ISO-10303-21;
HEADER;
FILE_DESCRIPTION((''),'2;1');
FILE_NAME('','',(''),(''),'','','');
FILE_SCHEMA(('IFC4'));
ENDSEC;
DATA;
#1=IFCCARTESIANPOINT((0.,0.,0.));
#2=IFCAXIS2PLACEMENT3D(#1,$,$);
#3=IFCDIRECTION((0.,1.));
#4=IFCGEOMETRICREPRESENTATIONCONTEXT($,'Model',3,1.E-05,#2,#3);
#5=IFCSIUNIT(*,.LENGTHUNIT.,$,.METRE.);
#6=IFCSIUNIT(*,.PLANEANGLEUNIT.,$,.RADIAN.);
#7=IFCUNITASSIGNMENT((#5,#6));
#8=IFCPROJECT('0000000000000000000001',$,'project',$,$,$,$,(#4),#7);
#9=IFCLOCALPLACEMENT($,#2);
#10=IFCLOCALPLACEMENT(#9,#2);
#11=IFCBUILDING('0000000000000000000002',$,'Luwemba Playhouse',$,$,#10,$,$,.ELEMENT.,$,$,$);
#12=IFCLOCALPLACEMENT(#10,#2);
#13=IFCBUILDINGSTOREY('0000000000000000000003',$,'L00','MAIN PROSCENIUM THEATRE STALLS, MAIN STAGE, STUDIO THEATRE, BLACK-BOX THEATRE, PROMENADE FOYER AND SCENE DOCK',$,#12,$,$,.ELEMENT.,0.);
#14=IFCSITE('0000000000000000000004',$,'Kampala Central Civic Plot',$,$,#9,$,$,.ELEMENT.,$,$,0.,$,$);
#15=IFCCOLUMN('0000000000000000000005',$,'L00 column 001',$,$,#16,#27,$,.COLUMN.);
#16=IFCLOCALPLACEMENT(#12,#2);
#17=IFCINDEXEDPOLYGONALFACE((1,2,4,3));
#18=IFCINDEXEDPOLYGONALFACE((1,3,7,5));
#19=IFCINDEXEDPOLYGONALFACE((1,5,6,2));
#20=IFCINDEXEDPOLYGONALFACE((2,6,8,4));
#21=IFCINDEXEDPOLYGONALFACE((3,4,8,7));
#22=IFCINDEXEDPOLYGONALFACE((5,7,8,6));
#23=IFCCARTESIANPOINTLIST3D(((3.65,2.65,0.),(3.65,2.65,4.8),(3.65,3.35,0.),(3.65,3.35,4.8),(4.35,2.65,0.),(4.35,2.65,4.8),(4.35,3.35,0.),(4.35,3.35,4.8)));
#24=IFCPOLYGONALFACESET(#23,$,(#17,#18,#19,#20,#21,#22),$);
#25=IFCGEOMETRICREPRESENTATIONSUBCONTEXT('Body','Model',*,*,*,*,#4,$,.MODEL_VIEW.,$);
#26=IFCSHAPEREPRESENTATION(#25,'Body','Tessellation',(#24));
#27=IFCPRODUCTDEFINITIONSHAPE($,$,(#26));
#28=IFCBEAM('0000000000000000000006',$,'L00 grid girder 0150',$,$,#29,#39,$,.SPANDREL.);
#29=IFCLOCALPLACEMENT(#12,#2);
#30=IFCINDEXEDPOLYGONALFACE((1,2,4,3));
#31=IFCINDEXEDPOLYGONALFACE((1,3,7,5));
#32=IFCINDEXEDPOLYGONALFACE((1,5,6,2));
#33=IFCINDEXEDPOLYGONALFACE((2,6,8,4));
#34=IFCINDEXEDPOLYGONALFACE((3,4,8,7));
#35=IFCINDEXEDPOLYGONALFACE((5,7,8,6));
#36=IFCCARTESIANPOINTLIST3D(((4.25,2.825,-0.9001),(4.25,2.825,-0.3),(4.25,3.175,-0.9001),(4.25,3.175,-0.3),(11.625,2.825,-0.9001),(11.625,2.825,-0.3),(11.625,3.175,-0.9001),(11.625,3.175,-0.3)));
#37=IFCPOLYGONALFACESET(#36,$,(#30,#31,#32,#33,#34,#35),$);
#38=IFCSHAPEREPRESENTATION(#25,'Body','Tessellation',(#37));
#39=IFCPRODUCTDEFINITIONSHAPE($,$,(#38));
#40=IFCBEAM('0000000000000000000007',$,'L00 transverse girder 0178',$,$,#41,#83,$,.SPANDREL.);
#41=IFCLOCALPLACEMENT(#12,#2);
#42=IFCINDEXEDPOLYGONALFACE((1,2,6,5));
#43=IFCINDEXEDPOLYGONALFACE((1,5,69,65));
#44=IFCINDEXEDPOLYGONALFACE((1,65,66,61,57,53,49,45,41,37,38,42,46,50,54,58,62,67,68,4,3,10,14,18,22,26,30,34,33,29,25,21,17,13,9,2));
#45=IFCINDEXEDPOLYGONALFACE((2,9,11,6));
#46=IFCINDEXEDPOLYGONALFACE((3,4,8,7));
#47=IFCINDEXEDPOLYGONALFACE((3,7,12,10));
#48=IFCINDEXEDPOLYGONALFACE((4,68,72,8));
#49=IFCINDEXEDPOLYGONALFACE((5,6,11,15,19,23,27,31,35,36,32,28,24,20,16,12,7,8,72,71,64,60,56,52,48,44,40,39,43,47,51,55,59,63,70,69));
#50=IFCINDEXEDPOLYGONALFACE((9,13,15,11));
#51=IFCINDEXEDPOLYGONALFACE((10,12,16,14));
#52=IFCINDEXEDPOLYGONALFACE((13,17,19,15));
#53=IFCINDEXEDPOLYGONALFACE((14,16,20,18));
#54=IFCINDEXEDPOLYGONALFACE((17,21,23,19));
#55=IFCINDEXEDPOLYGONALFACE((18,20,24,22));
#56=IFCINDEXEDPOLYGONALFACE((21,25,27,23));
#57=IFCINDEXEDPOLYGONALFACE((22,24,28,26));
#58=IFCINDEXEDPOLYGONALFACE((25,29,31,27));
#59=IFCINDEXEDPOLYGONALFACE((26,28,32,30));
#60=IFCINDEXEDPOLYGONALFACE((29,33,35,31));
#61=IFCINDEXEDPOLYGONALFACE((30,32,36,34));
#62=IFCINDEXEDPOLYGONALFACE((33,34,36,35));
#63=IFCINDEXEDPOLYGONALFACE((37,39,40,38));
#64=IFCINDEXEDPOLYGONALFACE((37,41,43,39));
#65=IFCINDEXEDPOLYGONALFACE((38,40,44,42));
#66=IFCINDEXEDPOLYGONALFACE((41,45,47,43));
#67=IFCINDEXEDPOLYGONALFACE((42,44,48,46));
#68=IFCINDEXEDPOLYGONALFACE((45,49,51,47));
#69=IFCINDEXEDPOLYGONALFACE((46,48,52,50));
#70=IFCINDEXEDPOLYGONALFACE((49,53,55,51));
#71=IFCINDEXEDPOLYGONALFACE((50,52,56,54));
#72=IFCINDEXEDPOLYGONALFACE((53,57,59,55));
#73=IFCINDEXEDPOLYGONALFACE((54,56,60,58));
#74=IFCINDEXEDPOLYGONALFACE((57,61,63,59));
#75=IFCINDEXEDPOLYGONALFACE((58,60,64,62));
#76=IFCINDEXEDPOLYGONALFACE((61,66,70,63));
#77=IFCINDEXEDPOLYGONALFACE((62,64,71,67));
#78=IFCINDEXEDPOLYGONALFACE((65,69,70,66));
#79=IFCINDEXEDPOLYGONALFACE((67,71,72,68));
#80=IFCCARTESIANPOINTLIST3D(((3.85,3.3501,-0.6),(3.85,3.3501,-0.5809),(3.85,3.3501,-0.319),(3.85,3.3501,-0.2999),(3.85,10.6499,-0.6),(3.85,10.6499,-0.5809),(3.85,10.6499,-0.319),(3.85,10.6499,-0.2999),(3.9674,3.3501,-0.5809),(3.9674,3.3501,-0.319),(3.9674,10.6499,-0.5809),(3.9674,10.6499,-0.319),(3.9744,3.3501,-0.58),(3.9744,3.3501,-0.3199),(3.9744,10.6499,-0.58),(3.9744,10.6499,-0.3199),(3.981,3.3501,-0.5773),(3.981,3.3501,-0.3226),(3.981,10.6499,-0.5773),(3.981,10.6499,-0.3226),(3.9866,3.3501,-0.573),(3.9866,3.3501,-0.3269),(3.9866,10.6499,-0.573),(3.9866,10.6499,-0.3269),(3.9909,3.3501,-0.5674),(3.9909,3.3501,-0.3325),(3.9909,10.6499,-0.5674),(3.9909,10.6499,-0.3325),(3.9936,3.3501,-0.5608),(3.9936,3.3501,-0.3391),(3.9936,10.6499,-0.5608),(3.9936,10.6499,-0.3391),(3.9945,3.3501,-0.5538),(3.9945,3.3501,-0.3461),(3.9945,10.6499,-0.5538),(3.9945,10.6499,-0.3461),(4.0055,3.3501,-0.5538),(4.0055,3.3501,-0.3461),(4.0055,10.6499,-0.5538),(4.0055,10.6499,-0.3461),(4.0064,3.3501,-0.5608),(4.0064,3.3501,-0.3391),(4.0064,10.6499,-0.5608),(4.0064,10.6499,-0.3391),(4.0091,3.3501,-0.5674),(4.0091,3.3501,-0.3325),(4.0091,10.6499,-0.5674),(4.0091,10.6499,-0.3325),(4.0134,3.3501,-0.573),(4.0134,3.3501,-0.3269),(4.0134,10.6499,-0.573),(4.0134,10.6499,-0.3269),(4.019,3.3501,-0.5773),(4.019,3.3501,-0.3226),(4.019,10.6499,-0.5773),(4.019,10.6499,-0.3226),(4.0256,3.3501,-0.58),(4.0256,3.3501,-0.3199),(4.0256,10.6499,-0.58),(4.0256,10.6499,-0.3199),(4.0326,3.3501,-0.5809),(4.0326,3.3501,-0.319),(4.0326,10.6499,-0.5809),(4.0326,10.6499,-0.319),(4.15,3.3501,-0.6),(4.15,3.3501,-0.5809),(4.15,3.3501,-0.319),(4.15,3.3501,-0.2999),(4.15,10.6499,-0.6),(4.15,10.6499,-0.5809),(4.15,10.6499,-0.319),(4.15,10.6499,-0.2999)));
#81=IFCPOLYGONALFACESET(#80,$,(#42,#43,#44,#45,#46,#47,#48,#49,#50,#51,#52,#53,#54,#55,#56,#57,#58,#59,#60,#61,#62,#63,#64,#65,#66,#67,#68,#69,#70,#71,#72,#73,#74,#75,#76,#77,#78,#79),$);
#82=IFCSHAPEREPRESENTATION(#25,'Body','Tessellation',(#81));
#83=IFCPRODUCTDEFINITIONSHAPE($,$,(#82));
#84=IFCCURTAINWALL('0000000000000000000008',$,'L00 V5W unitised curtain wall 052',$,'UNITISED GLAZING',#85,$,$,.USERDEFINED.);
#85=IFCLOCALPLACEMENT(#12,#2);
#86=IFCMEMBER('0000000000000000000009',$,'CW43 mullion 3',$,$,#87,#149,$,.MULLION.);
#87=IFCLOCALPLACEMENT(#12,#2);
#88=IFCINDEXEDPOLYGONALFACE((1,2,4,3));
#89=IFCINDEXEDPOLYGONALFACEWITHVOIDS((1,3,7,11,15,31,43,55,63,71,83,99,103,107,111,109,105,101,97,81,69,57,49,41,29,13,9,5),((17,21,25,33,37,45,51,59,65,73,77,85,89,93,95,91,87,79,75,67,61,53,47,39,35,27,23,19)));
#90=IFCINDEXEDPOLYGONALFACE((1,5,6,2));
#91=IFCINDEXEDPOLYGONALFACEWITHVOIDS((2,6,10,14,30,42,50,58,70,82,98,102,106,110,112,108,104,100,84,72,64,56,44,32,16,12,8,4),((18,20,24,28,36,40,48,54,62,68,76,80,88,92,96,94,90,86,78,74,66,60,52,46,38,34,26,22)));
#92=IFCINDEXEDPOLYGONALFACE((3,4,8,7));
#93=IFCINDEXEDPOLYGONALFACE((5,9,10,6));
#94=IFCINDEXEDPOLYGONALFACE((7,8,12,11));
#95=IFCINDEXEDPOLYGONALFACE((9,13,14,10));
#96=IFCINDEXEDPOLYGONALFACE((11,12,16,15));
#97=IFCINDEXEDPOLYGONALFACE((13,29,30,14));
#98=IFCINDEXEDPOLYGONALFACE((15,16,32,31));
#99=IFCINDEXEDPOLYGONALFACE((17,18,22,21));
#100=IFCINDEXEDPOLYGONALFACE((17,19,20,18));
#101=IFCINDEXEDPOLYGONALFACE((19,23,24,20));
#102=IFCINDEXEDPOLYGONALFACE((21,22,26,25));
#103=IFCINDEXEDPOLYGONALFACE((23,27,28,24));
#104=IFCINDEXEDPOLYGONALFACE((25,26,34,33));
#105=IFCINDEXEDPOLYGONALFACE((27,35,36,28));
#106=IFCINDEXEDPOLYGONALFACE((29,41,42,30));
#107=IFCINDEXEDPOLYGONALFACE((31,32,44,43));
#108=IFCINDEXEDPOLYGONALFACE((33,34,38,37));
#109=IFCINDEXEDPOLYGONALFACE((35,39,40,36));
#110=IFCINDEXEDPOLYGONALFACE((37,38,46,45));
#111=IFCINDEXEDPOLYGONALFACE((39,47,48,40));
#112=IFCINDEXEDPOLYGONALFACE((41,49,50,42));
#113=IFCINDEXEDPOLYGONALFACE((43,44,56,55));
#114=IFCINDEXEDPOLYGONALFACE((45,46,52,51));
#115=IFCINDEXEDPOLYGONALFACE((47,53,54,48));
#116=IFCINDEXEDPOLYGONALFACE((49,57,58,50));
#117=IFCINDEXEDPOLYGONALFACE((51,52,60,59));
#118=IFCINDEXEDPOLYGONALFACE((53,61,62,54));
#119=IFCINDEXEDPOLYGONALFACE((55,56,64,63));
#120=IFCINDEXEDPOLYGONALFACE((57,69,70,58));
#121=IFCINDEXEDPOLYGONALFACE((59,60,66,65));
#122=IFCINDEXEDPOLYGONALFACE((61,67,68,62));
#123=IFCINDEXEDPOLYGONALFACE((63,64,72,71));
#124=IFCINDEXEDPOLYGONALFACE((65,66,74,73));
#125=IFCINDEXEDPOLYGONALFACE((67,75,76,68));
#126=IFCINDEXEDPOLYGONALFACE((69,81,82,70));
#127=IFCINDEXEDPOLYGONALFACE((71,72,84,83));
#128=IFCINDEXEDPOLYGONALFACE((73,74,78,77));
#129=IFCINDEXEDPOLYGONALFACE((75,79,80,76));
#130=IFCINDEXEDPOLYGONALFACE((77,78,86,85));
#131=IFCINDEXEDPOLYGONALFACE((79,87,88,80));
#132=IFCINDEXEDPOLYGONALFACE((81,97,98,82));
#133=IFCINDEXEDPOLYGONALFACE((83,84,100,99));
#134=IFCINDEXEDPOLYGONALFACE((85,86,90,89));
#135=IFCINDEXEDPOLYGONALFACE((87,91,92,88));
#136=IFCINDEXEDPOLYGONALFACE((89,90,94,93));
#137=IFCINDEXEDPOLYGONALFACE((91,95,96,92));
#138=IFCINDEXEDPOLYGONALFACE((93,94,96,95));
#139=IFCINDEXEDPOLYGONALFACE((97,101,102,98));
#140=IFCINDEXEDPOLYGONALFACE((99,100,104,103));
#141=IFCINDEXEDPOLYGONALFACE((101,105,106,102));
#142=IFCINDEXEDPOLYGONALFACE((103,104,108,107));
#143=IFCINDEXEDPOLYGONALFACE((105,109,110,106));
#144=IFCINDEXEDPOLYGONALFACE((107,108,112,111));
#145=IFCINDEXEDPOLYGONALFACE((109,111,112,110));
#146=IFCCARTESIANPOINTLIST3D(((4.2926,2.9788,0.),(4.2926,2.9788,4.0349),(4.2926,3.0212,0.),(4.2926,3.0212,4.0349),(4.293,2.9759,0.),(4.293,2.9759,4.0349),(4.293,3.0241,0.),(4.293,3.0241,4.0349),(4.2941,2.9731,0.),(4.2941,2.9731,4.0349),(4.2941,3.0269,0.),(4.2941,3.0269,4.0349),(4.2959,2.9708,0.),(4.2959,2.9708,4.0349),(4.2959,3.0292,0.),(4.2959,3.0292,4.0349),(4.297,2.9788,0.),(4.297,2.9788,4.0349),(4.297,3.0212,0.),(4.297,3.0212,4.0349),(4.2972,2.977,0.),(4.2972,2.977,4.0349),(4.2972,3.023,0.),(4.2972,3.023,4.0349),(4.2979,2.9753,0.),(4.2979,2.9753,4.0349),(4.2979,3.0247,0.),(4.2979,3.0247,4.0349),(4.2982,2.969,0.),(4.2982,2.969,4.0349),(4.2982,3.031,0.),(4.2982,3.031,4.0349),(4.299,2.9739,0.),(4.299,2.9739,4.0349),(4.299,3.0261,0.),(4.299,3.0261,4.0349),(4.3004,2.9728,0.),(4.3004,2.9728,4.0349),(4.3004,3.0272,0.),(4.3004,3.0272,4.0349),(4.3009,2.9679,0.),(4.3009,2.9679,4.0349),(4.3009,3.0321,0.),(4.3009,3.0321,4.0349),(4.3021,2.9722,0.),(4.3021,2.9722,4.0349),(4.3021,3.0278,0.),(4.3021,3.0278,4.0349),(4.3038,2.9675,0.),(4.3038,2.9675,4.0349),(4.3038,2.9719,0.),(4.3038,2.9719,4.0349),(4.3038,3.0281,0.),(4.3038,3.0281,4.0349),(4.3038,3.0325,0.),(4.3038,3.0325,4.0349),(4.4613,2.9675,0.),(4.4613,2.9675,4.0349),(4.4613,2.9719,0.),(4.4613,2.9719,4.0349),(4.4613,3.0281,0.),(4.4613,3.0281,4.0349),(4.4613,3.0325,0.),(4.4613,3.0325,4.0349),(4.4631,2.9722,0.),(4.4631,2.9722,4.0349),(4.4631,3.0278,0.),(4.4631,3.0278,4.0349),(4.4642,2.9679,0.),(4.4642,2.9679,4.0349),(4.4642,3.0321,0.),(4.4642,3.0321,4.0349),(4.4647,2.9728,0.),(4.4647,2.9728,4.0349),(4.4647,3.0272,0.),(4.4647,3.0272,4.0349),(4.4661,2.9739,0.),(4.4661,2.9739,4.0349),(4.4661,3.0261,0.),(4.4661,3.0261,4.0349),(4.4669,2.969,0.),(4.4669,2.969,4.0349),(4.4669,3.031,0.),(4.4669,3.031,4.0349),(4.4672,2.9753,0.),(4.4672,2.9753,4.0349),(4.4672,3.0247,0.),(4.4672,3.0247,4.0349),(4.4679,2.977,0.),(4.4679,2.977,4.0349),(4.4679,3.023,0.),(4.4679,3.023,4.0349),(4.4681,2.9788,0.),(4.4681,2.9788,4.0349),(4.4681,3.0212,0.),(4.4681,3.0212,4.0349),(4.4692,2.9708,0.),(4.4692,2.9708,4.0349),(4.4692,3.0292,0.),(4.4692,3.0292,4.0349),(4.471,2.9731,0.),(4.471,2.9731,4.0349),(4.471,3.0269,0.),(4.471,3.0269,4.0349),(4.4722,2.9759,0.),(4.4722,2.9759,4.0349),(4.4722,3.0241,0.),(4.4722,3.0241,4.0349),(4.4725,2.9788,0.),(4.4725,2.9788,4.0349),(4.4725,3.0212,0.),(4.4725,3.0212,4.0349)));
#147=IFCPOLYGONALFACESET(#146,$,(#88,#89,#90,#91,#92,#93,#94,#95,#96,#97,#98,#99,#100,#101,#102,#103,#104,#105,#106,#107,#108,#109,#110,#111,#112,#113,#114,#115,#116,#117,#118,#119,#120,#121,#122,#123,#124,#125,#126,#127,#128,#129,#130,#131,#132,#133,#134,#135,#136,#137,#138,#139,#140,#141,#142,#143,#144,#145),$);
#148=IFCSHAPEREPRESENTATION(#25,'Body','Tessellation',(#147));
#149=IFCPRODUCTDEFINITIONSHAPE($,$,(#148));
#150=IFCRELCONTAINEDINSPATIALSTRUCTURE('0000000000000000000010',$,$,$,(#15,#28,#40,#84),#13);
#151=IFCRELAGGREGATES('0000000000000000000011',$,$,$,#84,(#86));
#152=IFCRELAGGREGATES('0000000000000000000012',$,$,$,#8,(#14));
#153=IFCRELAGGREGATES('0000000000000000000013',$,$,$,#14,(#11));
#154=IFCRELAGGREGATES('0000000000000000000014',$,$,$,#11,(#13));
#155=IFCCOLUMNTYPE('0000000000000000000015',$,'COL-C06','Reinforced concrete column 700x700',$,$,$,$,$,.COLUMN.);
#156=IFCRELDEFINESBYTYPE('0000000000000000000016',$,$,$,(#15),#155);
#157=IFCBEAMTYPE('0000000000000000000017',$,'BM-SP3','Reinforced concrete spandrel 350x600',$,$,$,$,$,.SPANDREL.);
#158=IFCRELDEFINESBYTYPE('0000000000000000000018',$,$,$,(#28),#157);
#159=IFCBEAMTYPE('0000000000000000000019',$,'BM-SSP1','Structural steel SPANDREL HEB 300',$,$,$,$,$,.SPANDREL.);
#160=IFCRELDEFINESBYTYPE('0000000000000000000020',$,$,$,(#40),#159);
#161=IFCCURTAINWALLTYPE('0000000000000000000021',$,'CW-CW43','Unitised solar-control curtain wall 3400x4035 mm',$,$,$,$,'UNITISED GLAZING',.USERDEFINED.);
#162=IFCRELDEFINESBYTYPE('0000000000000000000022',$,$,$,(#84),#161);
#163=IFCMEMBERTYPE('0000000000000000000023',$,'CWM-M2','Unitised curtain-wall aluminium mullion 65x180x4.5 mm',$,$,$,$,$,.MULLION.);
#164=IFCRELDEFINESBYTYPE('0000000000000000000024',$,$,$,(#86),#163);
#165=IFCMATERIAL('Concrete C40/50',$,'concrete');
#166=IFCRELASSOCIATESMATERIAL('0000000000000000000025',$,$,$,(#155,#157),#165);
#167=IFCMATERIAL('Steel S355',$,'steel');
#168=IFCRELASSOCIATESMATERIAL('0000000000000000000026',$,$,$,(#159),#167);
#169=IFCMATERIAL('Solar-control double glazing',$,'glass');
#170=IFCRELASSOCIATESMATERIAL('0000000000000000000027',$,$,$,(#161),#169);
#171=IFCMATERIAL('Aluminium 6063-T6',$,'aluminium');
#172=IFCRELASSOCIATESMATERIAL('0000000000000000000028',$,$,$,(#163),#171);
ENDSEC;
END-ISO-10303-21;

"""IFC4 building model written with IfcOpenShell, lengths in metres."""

from ifc_helpers import new_model, si_unit, direction, frame, origin, origin_2d, place, context, subcontext, project, spatial, rectangle, hollow_rectangle, i_section, extrude, material, material_profile, profile_set, type_object, element, aggregate, save


model = new_model("IFC4")

# Units and contexts
model_context = context("Model", 3, precision=1e-05, world=origin(), true_north=direction((0.0, 1.0)))
body_context = subcontext(model_context, "Body", "Model", "MODEL_VIEW")
ifc_project = project(units=[si_unit("LENGTHUNIT", "METRE"), si_unit("PLANEANGLEUNIT", "RADIAN")], contexts=[model_context])

# Site, building, storey
site_placement = place(None, origin())
site = spatial("IfcSite", under=ifc_project, at=site_placement, Name="Kampala Central Civic Plot", CompositionType="ELEMENT", RefElevation=0.0)
building_placement = place(site_placement, origin())
building = spatial("IfcBuilding", under=site, at=building_placement, Name="Luwemba Playhouse", CompositionType="ELEMENT")
storey_placement = place(building_placement, origin())
storey = spatial("IfcBuildingStorey", under=building, at=storey_placement, Name="L00", Description="MAIN PROSCENIUM THEATRE STALLS, MAIN STAGE, STUDIO THEATRE, BLACK-BOX THEATRE, PROMENADE FOYER AND SCENE DOCK", CompositionType="ELEMENT", Elevation=0.0)

# Column
ifc_material_1 = material(Name="Concrete C40/50", Category="concrete")
ifc_material_profile_1 = material_profile(ifc_material_1, rectangle(XDim=0.7, YDim=0.7, at=origin_2d()))
ifc_profile_set_1 = profile_set([ifc_material_profile_1], Name="Concrete C40/50")
column_type = type_object("IfcColumnType", Name="COL-C06", Description="Reinforced concrete column 700x700", PredefinedType="COLUMN", material=ifc_profile_set_1)
column_placement = place(storey_placement, frame((4.0, 3.0, 0.0), z_axis=(0.0, 0.0, 1.0), x_axis=(1.0, 0.0, 0.0)))
element("IfcColumn", 1, at=column_placement, inside=storey, type_object=column_type, Name="L00 column 001", PredefinedType="COLUMN", context=body_context, shape_type="SweptSolid", body=[
    extrude(rectangle(XDim=0.7, YDim=0.7, at=origin_2d()), origin(), (0.0, 0.0, 1.0), 4.8),
])

# Beams
ifc_material_profile_2 = material_profile(ifc_material_1, rectangle(XDim=0.3501, YDim=0.6001, at=origin_2d()))
ifc_profile_set_2 = profile_set([ifc_material_profile_2], Name="Concrete C40/50")
beam_type_1 = type_object("IfcBeamType", Name="BM-SP3", Description="Reinforced concrete spandrel 350x600", PredefinedType="SPANDREL", material=ifc_profile_set_2)
beam_1_placement = place(storey_placement, frame((4.25, 3.0, -0.6001), z_axis=(1.0, 0.0, 0.0), x_axis=(0.0, 1.0, 0.0)))
element("IfcBeam", 2, at=beam_1_placement, inside=storey, type_object=beam_type_1, Name="L00 grid girder 0150", PredefinedType="SPANDREL", context=body_context, shape_type="SweptSolid", body=[
    extrude(rectangle(XDim=0.3501, YDim=0.6001, at=origin_2d()), origin(), (0.0, 0.0, 1.0), 7.375),
])
ifc_material_2 = material(Name="Steel S355", Category="steel")
ifc_material_profile_3 = material_profile(ifc_material_2, i_section(OverallWidth=0.3, OverallDepth=0.3, WebThickness=0.011, FlangeThickness=0.019, FilletRadius=0.0271, at=origin_2d()))
ifc_profile_set_3 = profile_set([ifc_material_profile_3], Name="Steel S355")
beam_type_2 = type_object("IfcBeamType", Name="BM-SSP1", Description="Structural steel SPANDREL HEB 300", PredefinedType="SPANDREL", material=ifc_profile_set_3)
beam_2_placement = place(storey_placement, frame((4.0, 3.3501, -0.45), z_axis=(0.0, 1.0, 0.0), x_axis=(-1.0, 0.0, 0.0)))
element("IfcBeam", 3, at=beam_2_placement, inside=storey, type_object=beam_type_2, Name="L00 transverse girder 0178", PredefinedType="SPANDREL", context=body_context, shape_type="SweptSolid", body=[
    extrude(i_section(OverallWidth=0.3, OverallDepth=0.3, WebThickness=0.011, FlangeThickness=0.019, FilletRadius=0.0271, at=origin_2d()), origin(), (0.0, 0.0, 1.0), 7.2998),
])

# Curtain wall, member
ifc_material_3 = material(Name="Solar-control double glazing", Category="glass")
curtain_wall_type_1 = type_object("IfcCurtainWallType", Name="CW-CW43", Description="Unitised solar-control curtain wall 3400x4035 mm", ElementType="UNITISED GLAZING", PredefinedType="USERDEFINED", material=ifc_material_3)
curtain_wall_1_placement = place(storey_placement, origin())
curtain_wall_1 = element("IfcCurtainWall", 4, at=curtain_wall_1_placement, inside=storey, type_object=curtain_wall_type_1, Name="L00 V5W unitised curtain wall 052", ObjectType="UNITISED GLAZING", PredefinedType="USERDEFINED")
ifc_material_4 = material(Name="Aluminium 6063-T6", Category="aluminium")
ifc_material_profile_4 = material_profile(ifc_material_4, hollow_rectangle(XDim=0.0649, YDim=0.1799, WallThickness=0.0044, InnerFilletRadius=0.0068, OuterFilletRadius=0.0112, at=origin_2d()))
ifc_profile_set_4 = profile_set([ifc_material_profile_4], Name="Aluminium 6063-T6")
member_type_1 = type_object("IfcMemberType", Name="CWM-M2", Description="Unitised curtain-wall aluminium mullion 65x180x4.5 mm", PredefinedType="MULLION", material=ifc_profile_set_4)
member_1_placement = place(storey_placement, frame((4.3826, 3.0, 0.0), z_axis=(0.0, 0.0, 1.0), x_axis=(0.0, -1.0, 0.0)))
member_1 = element("IfcMember", 5, at=member_1_placement, type_object=member_type_1, Name="CW43 mullion 3", PredefinedType="MULLION", context=body_context, shape_type="SweptSolid", body=[
    extrude(hollow_rectangle(XDim=0.0649, YDim=0.1799, WallThickness=0.0044, InnerFilletRadius=0.0068, OuterFilletRadius=0.0112, at=origin_2d()), origin(), (0.0, 0.0, 1.0), 4.0349),
])

aggregate(curtain_wall_1, [member_1])

save(model, "model.ifc")
